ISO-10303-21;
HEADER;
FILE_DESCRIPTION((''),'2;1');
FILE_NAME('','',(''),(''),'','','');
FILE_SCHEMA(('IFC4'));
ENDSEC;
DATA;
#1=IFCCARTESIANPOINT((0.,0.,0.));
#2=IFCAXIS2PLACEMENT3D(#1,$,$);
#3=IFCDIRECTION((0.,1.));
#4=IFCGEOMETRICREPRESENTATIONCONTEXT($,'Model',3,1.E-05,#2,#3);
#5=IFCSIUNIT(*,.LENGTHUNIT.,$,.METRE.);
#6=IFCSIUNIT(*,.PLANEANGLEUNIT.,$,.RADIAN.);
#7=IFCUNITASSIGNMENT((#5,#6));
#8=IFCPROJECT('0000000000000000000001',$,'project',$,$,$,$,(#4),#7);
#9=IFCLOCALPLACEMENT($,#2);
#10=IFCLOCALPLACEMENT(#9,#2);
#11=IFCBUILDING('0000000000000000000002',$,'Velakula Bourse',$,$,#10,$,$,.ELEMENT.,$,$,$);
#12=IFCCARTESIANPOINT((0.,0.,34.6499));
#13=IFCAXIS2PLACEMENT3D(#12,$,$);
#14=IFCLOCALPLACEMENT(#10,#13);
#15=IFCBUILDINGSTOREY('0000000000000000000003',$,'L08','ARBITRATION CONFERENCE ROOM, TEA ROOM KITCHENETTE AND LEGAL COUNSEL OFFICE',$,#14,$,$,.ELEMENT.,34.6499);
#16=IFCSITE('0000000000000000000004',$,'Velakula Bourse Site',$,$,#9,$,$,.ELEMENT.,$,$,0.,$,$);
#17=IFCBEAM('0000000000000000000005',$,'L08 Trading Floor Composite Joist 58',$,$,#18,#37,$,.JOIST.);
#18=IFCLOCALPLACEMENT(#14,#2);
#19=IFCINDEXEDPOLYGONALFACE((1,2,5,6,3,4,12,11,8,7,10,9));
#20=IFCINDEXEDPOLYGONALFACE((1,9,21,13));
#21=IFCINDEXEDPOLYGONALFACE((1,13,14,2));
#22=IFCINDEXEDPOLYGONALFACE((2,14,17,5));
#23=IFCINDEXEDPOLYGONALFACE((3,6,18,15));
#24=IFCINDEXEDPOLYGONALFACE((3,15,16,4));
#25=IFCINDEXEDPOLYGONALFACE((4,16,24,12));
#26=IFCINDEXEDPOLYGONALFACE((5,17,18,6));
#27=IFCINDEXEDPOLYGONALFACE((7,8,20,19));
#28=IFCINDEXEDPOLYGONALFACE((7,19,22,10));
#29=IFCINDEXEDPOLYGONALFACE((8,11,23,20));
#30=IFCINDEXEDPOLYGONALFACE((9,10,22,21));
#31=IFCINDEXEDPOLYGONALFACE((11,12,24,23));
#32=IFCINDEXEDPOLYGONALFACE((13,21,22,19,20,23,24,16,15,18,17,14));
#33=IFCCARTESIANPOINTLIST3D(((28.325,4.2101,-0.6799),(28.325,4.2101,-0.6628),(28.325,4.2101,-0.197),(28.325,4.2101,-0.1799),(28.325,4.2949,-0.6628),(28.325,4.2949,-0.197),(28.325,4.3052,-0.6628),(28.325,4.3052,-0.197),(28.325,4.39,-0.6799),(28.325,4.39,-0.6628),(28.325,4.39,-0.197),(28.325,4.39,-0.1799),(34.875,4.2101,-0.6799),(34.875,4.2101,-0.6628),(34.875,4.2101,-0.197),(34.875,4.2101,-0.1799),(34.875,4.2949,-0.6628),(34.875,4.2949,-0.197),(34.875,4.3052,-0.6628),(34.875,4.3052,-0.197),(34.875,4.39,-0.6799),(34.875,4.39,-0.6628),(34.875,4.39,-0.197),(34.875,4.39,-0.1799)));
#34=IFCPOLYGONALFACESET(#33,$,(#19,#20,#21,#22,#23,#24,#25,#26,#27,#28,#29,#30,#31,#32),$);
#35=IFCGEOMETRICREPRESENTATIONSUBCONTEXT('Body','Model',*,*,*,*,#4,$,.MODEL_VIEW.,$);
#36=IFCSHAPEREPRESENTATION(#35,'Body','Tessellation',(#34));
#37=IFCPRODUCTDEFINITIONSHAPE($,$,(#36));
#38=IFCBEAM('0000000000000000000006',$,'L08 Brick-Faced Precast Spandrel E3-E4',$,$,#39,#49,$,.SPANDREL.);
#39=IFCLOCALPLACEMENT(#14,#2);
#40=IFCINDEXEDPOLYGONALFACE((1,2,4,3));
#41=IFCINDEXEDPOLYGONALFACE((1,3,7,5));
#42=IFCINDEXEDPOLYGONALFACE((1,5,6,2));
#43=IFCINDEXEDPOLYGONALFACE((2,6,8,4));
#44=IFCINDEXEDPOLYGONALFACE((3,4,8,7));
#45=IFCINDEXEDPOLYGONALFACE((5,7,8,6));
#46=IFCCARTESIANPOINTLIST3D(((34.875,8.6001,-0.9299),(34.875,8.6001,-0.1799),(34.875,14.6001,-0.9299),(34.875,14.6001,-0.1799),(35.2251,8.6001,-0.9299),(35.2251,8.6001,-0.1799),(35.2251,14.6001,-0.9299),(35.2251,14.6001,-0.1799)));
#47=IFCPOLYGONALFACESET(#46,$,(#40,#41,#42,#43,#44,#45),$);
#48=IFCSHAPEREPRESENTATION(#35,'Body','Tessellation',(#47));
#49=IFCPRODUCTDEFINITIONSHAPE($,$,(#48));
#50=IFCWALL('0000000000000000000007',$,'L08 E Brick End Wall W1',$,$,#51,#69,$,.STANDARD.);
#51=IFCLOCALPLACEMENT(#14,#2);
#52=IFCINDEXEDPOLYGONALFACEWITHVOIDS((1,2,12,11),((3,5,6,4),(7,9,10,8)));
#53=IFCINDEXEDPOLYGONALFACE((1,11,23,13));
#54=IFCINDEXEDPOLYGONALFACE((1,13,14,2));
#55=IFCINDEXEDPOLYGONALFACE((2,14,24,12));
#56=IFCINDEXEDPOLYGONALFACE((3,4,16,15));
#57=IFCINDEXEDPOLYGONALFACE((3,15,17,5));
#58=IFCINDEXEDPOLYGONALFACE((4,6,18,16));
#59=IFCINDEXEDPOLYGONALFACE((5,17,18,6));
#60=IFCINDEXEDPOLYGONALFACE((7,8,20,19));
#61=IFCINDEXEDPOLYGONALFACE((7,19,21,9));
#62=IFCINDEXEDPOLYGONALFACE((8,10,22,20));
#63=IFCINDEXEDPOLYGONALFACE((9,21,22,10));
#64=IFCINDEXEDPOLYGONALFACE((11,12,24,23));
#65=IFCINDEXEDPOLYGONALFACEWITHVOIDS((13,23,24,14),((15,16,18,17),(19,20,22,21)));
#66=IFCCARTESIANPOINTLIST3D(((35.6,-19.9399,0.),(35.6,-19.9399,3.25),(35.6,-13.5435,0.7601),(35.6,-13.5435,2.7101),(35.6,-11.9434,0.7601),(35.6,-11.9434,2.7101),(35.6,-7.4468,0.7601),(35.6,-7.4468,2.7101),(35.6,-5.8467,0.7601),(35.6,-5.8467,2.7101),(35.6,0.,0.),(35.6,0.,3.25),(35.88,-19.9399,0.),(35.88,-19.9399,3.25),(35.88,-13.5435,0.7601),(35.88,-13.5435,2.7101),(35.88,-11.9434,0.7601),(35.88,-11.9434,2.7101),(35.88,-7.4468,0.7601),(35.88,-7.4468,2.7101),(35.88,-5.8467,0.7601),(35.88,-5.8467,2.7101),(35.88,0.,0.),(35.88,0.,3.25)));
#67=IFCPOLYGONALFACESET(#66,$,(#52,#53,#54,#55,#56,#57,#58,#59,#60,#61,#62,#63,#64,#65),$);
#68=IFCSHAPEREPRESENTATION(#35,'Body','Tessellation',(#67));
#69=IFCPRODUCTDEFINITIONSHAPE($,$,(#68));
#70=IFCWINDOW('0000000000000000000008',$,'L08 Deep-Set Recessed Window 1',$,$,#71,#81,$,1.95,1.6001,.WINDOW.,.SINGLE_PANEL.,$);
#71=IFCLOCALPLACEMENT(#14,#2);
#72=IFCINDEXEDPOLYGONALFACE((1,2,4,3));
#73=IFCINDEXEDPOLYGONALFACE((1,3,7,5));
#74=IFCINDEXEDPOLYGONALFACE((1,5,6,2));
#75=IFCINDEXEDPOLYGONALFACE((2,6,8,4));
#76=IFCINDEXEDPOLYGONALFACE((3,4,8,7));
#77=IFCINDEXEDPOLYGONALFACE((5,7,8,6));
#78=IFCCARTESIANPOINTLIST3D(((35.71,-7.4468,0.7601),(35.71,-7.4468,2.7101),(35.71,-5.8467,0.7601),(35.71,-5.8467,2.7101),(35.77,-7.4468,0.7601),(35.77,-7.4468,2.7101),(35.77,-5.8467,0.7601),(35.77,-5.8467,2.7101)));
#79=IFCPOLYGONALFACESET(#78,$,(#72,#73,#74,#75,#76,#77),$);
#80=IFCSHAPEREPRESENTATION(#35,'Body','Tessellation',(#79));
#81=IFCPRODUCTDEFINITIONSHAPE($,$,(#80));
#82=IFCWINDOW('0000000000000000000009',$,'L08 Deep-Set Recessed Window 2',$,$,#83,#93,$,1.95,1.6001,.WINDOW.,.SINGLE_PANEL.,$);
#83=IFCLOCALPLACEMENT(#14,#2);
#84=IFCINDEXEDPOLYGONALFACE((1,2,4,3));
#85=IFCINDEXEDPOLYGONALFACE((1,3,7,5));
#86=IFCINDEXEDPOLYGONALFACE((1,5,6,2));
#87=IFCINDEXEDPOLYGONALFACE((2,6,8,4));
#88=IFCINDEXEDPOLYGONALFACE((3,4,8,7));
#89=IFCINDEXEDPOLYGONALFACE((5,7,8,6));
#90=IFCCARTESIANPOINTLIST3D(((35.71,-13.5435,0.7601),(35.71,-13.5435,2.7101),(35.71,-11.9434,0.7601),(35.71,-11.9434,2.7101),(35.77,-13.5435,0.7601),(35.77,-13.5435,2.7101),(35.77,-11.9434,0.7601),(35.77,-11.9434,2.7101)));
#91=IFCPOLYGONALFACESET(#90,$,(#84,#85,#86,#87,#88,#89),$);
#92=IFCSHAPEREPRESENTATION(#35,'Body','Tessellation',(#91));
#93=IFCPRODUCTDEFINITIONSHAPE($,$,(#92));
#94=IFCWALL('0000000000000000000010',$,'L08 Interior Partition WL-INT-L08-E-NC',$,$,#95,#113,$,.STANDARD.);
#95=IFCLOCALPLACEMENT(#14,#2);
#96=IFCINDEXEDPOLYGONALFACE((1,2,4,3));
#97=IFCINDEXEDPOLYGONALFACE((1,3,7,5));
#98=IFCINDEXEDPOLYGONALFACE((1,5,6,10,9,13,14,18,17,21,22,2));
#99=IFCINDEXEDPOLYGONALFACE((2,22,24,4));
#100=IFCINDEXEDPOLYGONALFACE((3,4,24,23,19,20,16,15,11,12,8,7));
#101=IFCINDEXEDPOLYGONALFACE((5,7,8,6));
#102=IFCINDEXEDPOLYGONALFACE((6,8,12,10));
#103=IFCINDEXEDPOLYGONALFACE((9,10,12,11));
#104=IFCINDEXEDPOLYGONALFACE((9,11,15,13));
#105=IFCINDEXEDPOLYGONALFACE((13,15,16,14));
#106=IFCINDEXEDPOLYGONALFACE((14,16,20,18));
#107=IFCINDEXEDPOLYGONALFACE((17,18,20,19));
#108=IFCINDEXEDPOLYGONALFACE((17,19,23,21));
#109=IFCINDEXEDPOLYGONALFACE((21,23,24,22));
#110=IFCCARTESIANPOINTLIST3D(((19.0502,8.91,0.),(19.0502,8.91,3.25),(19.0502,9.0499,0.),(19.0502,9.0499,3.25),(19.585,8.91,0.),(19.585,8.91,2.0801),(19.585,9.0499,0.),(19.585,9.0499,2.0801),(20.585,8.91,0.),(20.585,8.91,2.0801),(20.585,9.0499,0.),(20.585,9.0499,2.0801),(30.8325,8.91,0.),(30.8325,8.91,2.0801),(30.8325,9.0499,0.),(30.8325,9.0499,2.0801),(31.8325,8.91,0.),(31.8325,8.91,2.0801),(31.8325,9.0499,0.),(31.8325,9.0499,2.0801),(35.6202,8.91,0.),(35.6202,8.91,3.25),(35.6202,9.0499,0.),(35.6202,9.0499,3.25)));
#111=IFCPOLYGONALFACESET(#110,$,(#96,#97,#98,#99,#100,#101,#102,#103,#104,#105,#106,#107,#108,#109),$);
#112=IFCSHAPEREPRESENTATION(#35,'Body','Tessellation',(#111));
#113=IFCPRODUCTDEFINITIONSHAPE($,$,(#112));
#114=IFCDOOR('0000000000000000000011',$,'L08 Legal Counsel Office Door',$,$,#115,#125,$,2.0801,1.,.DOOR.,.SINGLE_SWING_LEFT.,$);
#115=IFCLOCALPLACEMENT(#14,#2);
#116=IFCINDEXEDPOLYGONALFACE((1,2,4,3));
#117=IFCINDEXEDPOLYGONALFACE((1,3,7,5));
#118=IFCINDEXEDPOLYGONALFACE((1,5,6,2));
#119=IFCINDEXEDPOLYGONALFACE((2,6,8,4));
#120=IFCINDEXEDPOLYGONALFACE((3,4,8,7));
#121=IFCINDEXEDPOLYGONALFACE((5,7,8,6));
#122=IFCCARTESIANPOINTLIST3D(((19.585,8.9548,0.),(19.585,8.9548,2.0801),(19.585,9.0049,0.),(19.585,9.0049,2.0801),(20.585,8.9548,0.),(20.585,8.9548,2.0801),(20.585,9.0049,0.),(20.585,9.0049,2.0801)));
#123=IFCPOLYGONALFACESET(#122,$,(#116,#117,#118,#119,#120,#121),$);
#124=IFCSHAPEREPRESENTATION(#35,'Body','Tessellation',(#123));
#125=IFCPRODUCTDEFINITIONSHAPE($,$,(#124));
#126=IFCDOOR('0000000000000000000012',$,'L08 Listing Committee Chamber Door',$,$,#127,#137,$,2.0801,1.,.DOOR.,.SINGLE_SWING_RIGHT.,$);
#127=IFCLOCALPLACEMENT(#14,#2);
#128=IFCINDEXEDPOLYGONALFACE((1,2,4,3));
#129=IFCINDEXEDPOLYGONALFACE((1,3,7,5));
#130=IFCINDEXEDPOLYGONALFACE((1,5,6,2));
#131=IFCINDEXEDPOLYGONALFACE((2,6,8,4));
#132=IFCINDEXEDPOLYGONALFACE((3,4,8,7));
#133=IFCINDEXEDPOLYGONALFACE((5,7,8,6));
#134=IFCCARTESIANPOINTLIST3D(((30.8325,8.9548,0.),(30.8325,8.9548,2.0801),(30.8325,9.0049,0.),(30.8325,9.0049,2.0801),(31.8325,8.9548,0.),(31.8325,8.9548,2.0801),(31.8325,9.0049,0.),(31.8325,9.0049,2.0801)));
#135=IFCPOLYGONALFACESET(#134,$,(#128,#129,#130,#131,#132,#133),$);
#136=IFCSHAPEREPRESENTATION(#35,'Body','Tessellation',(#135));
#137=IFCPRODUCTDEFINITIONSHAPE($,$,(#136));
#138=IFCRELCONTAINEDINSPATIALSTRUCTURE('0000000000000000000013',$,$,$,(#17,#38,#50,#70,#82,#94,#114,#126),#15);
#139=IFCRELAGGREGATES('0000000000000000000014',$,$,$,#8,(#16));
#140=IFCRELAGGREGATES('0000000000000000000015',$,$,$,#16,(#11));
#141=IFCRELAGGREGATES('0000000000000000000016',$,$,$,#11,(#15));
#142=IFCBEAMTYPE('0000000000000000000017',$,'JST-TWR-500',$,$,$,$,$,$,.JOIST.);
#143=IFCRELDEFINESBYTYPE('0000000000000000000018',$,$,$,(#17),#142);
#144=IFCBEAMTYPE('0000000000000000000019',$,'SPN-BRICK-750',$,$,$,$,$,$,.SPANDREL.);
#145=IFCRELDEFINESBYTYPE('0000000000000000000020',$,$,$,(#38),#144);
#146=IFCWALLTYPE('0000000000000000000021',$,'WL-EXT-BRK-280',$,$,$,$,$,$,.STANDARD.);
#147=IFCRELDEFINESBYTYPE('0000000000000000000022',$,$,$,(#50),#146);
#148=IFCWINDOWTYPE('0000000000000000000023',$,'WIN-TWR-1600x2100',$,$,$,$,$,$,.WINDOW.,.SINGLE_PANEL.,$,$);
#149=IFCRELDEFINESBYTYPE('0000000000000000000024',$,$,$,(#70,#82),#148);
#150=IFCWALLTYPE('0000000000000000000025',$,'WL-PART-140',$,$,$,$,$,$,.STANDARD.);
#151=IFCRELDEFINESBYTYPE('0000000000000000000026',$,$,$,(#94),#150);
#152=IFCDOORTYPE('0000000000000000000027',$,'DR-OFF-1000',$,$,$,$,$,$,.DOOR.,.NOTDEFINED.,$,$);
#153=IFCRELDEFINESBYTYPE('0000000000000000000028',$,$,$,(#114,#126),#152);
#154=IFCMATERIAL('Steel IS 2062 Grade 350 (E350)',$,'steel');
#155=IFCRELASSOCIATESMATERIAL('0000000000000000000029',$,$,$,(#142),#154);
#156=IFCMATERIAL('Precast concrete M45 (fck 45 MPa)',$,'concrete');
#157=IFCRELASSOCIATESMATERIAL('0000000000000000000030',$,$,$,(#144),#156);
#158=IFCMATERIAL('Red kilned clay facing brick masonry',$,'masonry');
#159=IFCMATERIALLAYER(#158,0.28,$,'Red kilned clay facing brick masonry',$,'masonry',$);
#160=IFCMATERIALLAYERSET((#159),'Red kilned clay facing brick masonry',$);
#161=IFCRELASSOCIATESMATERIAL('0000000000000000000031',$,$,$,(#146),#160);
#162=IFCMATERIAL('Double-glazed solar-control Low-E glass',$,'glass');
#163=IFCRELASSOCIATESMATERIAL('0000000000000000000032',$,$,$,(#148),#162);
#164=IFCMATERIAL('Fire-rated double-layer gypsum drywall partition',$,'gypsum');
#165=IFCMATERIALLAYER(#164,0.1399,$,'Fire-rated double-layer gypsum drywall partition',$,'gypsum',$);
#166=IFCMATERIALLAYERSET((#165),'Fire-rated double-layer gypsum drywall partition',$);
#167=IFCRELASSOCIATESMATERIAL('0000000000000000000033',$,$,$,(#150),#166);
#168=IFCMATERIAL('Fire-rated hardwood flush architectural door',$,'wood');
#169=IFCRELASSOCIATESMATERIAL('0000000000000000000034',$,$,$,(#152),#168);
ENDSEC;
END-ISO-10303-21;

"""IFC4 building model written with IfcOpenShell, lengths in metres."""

from ifc_helpers import new_model, si_unit, direction, frame, frame_2d, origin, origin_2d, place, context, subcontext, project, spatial, rectangle, i_section, extrude, material, layer, layer_set, material_profile, profile_set, type_object, element, fill, save


model = new_model("IFC4")

# Units and contexts
model_context = context("Model", 3, precision=1e-05, world=origin(), true_north=direction((0.0, 1.0)))
body_context = subcontext(model_context, "Body", "Model", "MODEL_VIEW")
ifc_project = project(units=[si_unit("LENGTHUNIT", "METRE"), si_unit("PLANEANGLEUNIT", "RADIAN")], contexts=[model_context])

# Site, building, storey
site_placement = place(None, origin())
site = spatial("IfcSite", under=ifc_project, at=site_placement, Name="Velakula Bourse Site", CompositionType="ELEMENT", RefElevation=0.0)
building_placement = place(site_placement, origin())
building = spatial("IfcBuilding", under=site, at=building_placement, Name="Velakula Bourse", CompositionType="ELEMENT")
storey_placement = place(building_placement, frame((0.0, 0.0, 34.6499)))
storey = spatial("IfcBuildingStorey", under=building, at=storey_placement, Name="L08", Description="ARBITRATION CONFERENCE ROOM, TEA ROOM KITCHENETTE AND LEGAL COUNSEL OFFICE", CompositionType="ELEMENT", Elevation=34.6499)

# Beams
ifc_material_1 = material(Name="Steel IS 2062 Grade 350 (E350)", Category="steel")
ifc_material_profile_1 = material_profile(ifc_material_1, i_section(OverallWidth=0.1799, OverallDepth=0.5, WebThickness=0.0103, FlangeThickness=0.0171, at=origin_2d()), Name="Steel IS 2062 Grade 350 (E350)")
ifc_profile_set_1 = profile_set([ifc_material_profile_1], Name="Steel IS 2062 Grade 350 (E350)")
beam_type_1 = type_object("IfcBeamType", Name="JST-TWR-500", PredefinedType="JOIST", material=ifc_profile_set_1)
beam_1_placement = place(storey_placement, frame((28.325, 4.3, -0.4299), z_axis=(1.0, 0.0, 0.0), x_axis=(0.0, 1.0, 0.0)))
element("IfcBeam", 1, at=beam_1_placement, inside=storey, type_object=beam_type_1, Name="L08 Trading Floor Composite Joist 58", PredefinedType="JOIST", context=body_context, shape_type="SweptSolid", body=[
    extrude(i_section(OverallWidth=0.1799, OverallDepth=0.5, WebThickness=0.0103, FlangeThickness=0.0171, at=origin_2d()), origin(), (0.0, 0.0, 1.0), 6.55),
])
ifc_material_2 = material(Name="Precast concrete M45 (fck 45 MPa)", Category="concrete")
ifc_material_profile_2 = material_profile(ifc_material_2, rectangle(XDim=0.3501, YDim=0.75, at=origin_2d()), Name="Precast concrete M45 (fck 45 MPa)")
ifc_profile_set_2 = profile_set([ifc_material_profile_2], Name="Precast concrete M45 (fck 45 MPa)")
beam_type_2 = type_object("IfcBeamType", Name="SPN-BRICK-750", PredefinedType="SPANDREL", material=ifc_profile_set_2)
beam_2_placement = place(storey_placement, frame((35.05, 8.6001, -0.5549), z_axis=(0.0, 1.0, 0.0), x_axis=(-1.0, 0.0, 0.0)))
element("IfcBeam", 2, at=beam_2_placement, inside=storey, type_object=beam_type_2, Name="L08 Brick-Faced Precast Spandrel E3-E4", PredefinedType="SPANDREL", context=body_context, shape_type="SweptSolid", body=[
    extrude(rectangle(XDim=0.3501, YDim=0.75, at=origin_2d()), origin(), (0.0, 0.0, 1.0), 6.0),
])

# Wall, openings, windows
ifc_material_3 = material(Name="Red kilned clay facing brick masonry", Category="masonry")
ifc_layer_1 = layer(ifc_material_3, 0.28, Name="Red kilned clay facing brick masonry", Category="masonry")
ifc_layer_set_1 = layer_set([ifc_layer_1], Name="Red kilned clay facing brick masonry")
wall_type_1 = type_object("IfcWallType", Name="WL-EXT-BRK-280", PredefinedType="STANDARD", material=ifc_layer_set_1)
wall_1_placement = place(storey_placement, frame((35.74, 0.0, 0.0), z_axis=(0.0, 0.0, 1.0), x_axis=(0.0, -1.0, 0.0)))
wall_1 = element("IfcWall", 3, at=wall_1_placement, inside=storey, type_object=wall_type_1, Name="L08 E Brick End Wall W1", PredefinedType="STANDARD", context=body_context, shape_type="SweptSolid", body=[
    extrude(rectangle(XDim=19.9399, YDim=0.28, at=frame_2d((9.97, 0.0))), origin(), (0.0, 0.0, 1.0), 3.25),
])
opening_1_placement = place(wall_1_placement, frame((5.8467, 0.0, 0.76)))
opening_1 = element("IfcOpeningElement", 4, at=opening_1_placement, cuts=wall_1, PredefinedType="OPENING", context=body_context, shape_type="SweptSolid", body=[
    extrude(rectangle(XDim=1.6001, YDim=1.95, at=frame_2d((0.8, 0.9751))), frame((0.0, 0.1499, 0.0), z_axis=(0.0, -1.0, 0.0), x_axis=(1.0, 0.0, 0.0)), (0.0, 0.0, 1.0), 0.3),
])
opening_2_placement = place(wall_1_placement, frame((11.9434, 0.0, 0.76)))
opening_2 = element("IfcOpeningElement", 5, at=opening_2_placement, cuts=wall_1, PredefinedType="OPENING", context=body_context, shape_type="SweptSolid", body=[
    extrude(rectangle(XDim=1.6001, YDim=1.95, at=frame_2d((0.8, 0.9751))), frame((0.0, 0.1499, 0.0), z_axis=(0.0, -1.0, 0.0), x_axis=(1.0, 0.0, 0.0)), (0.0, 0.0, 1.0), 0.3),
])
ifc_material_4 = material(Name="Double-glazed solar-control Low-E glass", Category="glass")
window_type = type_object("IfcWindowType", Name="WIN-TWR-1600x2100", PartitioningType="SINGLE_PANEL", PredefinedType="WINDOW", material=ifc_material_4)
window_1_placement = place(opening_1_placement, origin())
window_1 = element("IfcWindow", 6, at=window_1_placement, inside=storey, type_object=window_type, Name="L08 Deep-Set Recessed Window 1", OverallHeight=1.95, OverallWidth=1.6001, PartitioningType="SINGLE_PANEL", PredefinedType="WINDOW", context=body_context, shape_type="SweptSolid", body=[
    extrude(rectangle(XDim=1.6001, YDim=1.95, at=frame_2d((0.8, 0.9751))), frame((0.0, 0.03, 0.0), z_axis=(0.0, -1.0, 0.0), x_axis=(1.0, 0.0, 0.0)), (0.0, 0.0, 1.0), 0.0601),
])
fill(opening_1, window_1)
window_2_placement = place(opening_2_placement, origin())
window_2 = element("IfcWindow", 7, at=window_2_placement, inside=storey, type_object=window_type, Name="L08 Deep-Set Recessed Window 2", OverallHeight=1.95, OverallWidth=1.6001, PartitioningType="SINGLE_PANEL", PredefinedType="WINDOW", context=body_context, shape_type="SweptSolid", body=[
    extrude(rectangle(XDim=1.6001, YDim=1.95, at=frame_2d((0.8, 0.9751))), frame((0.0, 0.03, 0.0), z_axis=(0.0, -1.0, 0.0), x_axis=(1.0, 0.0, 0.0)), (0.0, 0.0, 1.0), 0.0601),
])
fill(opening_2, window_2)

# Wall, openings, doors
ifc_material_5 = material(Name="Fire-rated double-layer gypsum drywall partition", Category="gypsum")
ifc_layer_2 = layer(ifc_material_5, 0.1399, Name="Fire-rated double-layer gypsum drywall partition", Category="gypsum")
ifc_layer_set_2 = layer_set([ifc_layer_2], Name="Fire-rated double-layer gypsum drywall partition")
wall_type_2 = type_object("IfcWallType", Name="WL-PART-140", PredefinedType="STANDARD", material=ifc_layer_set_2)
wall_2_placement = place(storey_placement, frame((19.05, 8.98, 0.0), z_axis=(0.0, 0.0, 1.0), x_axis=(1.0, 0.0, 0.0)))
wall_2 = element("IfcWall", 8, at=wall_2_placement, inside=storey, type_object=wall_type_2, Name="L08 Interior Partition WL-INT-L08-E-NC", PredefinedType="STANDARD", context=body_context, shape_type="SweptSolid", body=[
    extrude(rectangle(XDim=16.5701, YDim=0.1399, at=frame_2d((8.2852, 0.0))), origin(), (0.0, 0.0, 1.0), 3.25),
])
opening_3_placement = place(wall_2_placement, frame((0.5349, 0.0, 0.0)))
opening_3 = element("IfcOpeningElement", 9, at=opening_3_placement, cuts=wall_2, PredefinedType="OPENING", context=body_context, shape_type="SweptSolid", body=[
    extrude(rectangle(XDim=1.0, YDim=2.0801, at=frame_2d((0.5, 1.04))), frame((0.0, 0.0798, 0.0), z_axis=(0.0, -1.0, 0.0), x_axis=(1.0, 0.0, 0.0)), (0.0, 0.0, 1.0), 0.1599),
])
opening_4_placement = place(wall_2_placement, frame((11.7825, 0.0, 0.0)))
opening_4 = element("IfcOpeningElement", 10, at=opening_4_placement, cuts=wall_2, PredefinedType="OPENING", context=body_context, shape_type="SweptSolid", body=[
    extrude(rectangle(XDim=1.0, YDim=2.0801, at=frame_2d((0.5, 1.04))), frame((0.0, 0.0798, 0.0), z_axis=(0.0, -1.0, 0.0), x_axis=(1.0, 0.0, 0.0)), (0.0, 0.0, 1.0), 0.1599),
])
ifc_material_6 = material(Name="Fire-rated hardwood flush architectural door", Category="wood")
door_type = type_object("IfcDoorType", Name="DR-OFF-1000", OperationType="NOTDEFINED", PredefinedType="DOOR", material=ifc_material_6)
door_1_placement = place(opening_3_placement, origin())
door_1 = element("IfcDoor", 11, at=door_1_placement, inside=storey, type_object=door_type, Name="L08 Legal Counsel Office Door", OperationType="SINGLE_SWING_LEFT", OverallHeight=2.0801, OverallWidth=1.0, PredefinedType="DOOR", context=body_context, shape_type="SweptSolid", body=[
    extrude(rectangle(XDim=1.0, YDim=2.0801, at=frame_2d((0.5, 1.04))), frame((0.0, 0.0249, 0.0), z_axis=(0.0, -1.0, 0.0), x_axis=(1.0, 0.0, 0.0)), (0.0, 0.0, 1.0), 0.05),
])
fill(opening_3, door_1)
door_2_placement = place(opening_4_placement, origin())
door_2 = element("IfcDoor", 12, at=door_2_placement, inside=storey, type_object=door_type, Name="L08 Listing Committee Chamber Door", OperationType="SINGLE_SWING_RIGHT", OverallHeight=2.0801, OverallWidth=1.0, PredefinedType="DOOR", context=body_context, shape_type="SweptSolid", body=[
    extrude(rectangle(XDim=1.0, YDim=2.0801, at=frame_2d((0.5, 1.04))), frame((0.0, 0.0249, 0.0), z_axis=(0.0, -1.0, 0.0), x_axis=(1.0, 0.0, 0.0)), (0.0, 0.0, 1.0), 0.05),
])
fill(opening_4, door_2)

save(model, "model.ifc")
